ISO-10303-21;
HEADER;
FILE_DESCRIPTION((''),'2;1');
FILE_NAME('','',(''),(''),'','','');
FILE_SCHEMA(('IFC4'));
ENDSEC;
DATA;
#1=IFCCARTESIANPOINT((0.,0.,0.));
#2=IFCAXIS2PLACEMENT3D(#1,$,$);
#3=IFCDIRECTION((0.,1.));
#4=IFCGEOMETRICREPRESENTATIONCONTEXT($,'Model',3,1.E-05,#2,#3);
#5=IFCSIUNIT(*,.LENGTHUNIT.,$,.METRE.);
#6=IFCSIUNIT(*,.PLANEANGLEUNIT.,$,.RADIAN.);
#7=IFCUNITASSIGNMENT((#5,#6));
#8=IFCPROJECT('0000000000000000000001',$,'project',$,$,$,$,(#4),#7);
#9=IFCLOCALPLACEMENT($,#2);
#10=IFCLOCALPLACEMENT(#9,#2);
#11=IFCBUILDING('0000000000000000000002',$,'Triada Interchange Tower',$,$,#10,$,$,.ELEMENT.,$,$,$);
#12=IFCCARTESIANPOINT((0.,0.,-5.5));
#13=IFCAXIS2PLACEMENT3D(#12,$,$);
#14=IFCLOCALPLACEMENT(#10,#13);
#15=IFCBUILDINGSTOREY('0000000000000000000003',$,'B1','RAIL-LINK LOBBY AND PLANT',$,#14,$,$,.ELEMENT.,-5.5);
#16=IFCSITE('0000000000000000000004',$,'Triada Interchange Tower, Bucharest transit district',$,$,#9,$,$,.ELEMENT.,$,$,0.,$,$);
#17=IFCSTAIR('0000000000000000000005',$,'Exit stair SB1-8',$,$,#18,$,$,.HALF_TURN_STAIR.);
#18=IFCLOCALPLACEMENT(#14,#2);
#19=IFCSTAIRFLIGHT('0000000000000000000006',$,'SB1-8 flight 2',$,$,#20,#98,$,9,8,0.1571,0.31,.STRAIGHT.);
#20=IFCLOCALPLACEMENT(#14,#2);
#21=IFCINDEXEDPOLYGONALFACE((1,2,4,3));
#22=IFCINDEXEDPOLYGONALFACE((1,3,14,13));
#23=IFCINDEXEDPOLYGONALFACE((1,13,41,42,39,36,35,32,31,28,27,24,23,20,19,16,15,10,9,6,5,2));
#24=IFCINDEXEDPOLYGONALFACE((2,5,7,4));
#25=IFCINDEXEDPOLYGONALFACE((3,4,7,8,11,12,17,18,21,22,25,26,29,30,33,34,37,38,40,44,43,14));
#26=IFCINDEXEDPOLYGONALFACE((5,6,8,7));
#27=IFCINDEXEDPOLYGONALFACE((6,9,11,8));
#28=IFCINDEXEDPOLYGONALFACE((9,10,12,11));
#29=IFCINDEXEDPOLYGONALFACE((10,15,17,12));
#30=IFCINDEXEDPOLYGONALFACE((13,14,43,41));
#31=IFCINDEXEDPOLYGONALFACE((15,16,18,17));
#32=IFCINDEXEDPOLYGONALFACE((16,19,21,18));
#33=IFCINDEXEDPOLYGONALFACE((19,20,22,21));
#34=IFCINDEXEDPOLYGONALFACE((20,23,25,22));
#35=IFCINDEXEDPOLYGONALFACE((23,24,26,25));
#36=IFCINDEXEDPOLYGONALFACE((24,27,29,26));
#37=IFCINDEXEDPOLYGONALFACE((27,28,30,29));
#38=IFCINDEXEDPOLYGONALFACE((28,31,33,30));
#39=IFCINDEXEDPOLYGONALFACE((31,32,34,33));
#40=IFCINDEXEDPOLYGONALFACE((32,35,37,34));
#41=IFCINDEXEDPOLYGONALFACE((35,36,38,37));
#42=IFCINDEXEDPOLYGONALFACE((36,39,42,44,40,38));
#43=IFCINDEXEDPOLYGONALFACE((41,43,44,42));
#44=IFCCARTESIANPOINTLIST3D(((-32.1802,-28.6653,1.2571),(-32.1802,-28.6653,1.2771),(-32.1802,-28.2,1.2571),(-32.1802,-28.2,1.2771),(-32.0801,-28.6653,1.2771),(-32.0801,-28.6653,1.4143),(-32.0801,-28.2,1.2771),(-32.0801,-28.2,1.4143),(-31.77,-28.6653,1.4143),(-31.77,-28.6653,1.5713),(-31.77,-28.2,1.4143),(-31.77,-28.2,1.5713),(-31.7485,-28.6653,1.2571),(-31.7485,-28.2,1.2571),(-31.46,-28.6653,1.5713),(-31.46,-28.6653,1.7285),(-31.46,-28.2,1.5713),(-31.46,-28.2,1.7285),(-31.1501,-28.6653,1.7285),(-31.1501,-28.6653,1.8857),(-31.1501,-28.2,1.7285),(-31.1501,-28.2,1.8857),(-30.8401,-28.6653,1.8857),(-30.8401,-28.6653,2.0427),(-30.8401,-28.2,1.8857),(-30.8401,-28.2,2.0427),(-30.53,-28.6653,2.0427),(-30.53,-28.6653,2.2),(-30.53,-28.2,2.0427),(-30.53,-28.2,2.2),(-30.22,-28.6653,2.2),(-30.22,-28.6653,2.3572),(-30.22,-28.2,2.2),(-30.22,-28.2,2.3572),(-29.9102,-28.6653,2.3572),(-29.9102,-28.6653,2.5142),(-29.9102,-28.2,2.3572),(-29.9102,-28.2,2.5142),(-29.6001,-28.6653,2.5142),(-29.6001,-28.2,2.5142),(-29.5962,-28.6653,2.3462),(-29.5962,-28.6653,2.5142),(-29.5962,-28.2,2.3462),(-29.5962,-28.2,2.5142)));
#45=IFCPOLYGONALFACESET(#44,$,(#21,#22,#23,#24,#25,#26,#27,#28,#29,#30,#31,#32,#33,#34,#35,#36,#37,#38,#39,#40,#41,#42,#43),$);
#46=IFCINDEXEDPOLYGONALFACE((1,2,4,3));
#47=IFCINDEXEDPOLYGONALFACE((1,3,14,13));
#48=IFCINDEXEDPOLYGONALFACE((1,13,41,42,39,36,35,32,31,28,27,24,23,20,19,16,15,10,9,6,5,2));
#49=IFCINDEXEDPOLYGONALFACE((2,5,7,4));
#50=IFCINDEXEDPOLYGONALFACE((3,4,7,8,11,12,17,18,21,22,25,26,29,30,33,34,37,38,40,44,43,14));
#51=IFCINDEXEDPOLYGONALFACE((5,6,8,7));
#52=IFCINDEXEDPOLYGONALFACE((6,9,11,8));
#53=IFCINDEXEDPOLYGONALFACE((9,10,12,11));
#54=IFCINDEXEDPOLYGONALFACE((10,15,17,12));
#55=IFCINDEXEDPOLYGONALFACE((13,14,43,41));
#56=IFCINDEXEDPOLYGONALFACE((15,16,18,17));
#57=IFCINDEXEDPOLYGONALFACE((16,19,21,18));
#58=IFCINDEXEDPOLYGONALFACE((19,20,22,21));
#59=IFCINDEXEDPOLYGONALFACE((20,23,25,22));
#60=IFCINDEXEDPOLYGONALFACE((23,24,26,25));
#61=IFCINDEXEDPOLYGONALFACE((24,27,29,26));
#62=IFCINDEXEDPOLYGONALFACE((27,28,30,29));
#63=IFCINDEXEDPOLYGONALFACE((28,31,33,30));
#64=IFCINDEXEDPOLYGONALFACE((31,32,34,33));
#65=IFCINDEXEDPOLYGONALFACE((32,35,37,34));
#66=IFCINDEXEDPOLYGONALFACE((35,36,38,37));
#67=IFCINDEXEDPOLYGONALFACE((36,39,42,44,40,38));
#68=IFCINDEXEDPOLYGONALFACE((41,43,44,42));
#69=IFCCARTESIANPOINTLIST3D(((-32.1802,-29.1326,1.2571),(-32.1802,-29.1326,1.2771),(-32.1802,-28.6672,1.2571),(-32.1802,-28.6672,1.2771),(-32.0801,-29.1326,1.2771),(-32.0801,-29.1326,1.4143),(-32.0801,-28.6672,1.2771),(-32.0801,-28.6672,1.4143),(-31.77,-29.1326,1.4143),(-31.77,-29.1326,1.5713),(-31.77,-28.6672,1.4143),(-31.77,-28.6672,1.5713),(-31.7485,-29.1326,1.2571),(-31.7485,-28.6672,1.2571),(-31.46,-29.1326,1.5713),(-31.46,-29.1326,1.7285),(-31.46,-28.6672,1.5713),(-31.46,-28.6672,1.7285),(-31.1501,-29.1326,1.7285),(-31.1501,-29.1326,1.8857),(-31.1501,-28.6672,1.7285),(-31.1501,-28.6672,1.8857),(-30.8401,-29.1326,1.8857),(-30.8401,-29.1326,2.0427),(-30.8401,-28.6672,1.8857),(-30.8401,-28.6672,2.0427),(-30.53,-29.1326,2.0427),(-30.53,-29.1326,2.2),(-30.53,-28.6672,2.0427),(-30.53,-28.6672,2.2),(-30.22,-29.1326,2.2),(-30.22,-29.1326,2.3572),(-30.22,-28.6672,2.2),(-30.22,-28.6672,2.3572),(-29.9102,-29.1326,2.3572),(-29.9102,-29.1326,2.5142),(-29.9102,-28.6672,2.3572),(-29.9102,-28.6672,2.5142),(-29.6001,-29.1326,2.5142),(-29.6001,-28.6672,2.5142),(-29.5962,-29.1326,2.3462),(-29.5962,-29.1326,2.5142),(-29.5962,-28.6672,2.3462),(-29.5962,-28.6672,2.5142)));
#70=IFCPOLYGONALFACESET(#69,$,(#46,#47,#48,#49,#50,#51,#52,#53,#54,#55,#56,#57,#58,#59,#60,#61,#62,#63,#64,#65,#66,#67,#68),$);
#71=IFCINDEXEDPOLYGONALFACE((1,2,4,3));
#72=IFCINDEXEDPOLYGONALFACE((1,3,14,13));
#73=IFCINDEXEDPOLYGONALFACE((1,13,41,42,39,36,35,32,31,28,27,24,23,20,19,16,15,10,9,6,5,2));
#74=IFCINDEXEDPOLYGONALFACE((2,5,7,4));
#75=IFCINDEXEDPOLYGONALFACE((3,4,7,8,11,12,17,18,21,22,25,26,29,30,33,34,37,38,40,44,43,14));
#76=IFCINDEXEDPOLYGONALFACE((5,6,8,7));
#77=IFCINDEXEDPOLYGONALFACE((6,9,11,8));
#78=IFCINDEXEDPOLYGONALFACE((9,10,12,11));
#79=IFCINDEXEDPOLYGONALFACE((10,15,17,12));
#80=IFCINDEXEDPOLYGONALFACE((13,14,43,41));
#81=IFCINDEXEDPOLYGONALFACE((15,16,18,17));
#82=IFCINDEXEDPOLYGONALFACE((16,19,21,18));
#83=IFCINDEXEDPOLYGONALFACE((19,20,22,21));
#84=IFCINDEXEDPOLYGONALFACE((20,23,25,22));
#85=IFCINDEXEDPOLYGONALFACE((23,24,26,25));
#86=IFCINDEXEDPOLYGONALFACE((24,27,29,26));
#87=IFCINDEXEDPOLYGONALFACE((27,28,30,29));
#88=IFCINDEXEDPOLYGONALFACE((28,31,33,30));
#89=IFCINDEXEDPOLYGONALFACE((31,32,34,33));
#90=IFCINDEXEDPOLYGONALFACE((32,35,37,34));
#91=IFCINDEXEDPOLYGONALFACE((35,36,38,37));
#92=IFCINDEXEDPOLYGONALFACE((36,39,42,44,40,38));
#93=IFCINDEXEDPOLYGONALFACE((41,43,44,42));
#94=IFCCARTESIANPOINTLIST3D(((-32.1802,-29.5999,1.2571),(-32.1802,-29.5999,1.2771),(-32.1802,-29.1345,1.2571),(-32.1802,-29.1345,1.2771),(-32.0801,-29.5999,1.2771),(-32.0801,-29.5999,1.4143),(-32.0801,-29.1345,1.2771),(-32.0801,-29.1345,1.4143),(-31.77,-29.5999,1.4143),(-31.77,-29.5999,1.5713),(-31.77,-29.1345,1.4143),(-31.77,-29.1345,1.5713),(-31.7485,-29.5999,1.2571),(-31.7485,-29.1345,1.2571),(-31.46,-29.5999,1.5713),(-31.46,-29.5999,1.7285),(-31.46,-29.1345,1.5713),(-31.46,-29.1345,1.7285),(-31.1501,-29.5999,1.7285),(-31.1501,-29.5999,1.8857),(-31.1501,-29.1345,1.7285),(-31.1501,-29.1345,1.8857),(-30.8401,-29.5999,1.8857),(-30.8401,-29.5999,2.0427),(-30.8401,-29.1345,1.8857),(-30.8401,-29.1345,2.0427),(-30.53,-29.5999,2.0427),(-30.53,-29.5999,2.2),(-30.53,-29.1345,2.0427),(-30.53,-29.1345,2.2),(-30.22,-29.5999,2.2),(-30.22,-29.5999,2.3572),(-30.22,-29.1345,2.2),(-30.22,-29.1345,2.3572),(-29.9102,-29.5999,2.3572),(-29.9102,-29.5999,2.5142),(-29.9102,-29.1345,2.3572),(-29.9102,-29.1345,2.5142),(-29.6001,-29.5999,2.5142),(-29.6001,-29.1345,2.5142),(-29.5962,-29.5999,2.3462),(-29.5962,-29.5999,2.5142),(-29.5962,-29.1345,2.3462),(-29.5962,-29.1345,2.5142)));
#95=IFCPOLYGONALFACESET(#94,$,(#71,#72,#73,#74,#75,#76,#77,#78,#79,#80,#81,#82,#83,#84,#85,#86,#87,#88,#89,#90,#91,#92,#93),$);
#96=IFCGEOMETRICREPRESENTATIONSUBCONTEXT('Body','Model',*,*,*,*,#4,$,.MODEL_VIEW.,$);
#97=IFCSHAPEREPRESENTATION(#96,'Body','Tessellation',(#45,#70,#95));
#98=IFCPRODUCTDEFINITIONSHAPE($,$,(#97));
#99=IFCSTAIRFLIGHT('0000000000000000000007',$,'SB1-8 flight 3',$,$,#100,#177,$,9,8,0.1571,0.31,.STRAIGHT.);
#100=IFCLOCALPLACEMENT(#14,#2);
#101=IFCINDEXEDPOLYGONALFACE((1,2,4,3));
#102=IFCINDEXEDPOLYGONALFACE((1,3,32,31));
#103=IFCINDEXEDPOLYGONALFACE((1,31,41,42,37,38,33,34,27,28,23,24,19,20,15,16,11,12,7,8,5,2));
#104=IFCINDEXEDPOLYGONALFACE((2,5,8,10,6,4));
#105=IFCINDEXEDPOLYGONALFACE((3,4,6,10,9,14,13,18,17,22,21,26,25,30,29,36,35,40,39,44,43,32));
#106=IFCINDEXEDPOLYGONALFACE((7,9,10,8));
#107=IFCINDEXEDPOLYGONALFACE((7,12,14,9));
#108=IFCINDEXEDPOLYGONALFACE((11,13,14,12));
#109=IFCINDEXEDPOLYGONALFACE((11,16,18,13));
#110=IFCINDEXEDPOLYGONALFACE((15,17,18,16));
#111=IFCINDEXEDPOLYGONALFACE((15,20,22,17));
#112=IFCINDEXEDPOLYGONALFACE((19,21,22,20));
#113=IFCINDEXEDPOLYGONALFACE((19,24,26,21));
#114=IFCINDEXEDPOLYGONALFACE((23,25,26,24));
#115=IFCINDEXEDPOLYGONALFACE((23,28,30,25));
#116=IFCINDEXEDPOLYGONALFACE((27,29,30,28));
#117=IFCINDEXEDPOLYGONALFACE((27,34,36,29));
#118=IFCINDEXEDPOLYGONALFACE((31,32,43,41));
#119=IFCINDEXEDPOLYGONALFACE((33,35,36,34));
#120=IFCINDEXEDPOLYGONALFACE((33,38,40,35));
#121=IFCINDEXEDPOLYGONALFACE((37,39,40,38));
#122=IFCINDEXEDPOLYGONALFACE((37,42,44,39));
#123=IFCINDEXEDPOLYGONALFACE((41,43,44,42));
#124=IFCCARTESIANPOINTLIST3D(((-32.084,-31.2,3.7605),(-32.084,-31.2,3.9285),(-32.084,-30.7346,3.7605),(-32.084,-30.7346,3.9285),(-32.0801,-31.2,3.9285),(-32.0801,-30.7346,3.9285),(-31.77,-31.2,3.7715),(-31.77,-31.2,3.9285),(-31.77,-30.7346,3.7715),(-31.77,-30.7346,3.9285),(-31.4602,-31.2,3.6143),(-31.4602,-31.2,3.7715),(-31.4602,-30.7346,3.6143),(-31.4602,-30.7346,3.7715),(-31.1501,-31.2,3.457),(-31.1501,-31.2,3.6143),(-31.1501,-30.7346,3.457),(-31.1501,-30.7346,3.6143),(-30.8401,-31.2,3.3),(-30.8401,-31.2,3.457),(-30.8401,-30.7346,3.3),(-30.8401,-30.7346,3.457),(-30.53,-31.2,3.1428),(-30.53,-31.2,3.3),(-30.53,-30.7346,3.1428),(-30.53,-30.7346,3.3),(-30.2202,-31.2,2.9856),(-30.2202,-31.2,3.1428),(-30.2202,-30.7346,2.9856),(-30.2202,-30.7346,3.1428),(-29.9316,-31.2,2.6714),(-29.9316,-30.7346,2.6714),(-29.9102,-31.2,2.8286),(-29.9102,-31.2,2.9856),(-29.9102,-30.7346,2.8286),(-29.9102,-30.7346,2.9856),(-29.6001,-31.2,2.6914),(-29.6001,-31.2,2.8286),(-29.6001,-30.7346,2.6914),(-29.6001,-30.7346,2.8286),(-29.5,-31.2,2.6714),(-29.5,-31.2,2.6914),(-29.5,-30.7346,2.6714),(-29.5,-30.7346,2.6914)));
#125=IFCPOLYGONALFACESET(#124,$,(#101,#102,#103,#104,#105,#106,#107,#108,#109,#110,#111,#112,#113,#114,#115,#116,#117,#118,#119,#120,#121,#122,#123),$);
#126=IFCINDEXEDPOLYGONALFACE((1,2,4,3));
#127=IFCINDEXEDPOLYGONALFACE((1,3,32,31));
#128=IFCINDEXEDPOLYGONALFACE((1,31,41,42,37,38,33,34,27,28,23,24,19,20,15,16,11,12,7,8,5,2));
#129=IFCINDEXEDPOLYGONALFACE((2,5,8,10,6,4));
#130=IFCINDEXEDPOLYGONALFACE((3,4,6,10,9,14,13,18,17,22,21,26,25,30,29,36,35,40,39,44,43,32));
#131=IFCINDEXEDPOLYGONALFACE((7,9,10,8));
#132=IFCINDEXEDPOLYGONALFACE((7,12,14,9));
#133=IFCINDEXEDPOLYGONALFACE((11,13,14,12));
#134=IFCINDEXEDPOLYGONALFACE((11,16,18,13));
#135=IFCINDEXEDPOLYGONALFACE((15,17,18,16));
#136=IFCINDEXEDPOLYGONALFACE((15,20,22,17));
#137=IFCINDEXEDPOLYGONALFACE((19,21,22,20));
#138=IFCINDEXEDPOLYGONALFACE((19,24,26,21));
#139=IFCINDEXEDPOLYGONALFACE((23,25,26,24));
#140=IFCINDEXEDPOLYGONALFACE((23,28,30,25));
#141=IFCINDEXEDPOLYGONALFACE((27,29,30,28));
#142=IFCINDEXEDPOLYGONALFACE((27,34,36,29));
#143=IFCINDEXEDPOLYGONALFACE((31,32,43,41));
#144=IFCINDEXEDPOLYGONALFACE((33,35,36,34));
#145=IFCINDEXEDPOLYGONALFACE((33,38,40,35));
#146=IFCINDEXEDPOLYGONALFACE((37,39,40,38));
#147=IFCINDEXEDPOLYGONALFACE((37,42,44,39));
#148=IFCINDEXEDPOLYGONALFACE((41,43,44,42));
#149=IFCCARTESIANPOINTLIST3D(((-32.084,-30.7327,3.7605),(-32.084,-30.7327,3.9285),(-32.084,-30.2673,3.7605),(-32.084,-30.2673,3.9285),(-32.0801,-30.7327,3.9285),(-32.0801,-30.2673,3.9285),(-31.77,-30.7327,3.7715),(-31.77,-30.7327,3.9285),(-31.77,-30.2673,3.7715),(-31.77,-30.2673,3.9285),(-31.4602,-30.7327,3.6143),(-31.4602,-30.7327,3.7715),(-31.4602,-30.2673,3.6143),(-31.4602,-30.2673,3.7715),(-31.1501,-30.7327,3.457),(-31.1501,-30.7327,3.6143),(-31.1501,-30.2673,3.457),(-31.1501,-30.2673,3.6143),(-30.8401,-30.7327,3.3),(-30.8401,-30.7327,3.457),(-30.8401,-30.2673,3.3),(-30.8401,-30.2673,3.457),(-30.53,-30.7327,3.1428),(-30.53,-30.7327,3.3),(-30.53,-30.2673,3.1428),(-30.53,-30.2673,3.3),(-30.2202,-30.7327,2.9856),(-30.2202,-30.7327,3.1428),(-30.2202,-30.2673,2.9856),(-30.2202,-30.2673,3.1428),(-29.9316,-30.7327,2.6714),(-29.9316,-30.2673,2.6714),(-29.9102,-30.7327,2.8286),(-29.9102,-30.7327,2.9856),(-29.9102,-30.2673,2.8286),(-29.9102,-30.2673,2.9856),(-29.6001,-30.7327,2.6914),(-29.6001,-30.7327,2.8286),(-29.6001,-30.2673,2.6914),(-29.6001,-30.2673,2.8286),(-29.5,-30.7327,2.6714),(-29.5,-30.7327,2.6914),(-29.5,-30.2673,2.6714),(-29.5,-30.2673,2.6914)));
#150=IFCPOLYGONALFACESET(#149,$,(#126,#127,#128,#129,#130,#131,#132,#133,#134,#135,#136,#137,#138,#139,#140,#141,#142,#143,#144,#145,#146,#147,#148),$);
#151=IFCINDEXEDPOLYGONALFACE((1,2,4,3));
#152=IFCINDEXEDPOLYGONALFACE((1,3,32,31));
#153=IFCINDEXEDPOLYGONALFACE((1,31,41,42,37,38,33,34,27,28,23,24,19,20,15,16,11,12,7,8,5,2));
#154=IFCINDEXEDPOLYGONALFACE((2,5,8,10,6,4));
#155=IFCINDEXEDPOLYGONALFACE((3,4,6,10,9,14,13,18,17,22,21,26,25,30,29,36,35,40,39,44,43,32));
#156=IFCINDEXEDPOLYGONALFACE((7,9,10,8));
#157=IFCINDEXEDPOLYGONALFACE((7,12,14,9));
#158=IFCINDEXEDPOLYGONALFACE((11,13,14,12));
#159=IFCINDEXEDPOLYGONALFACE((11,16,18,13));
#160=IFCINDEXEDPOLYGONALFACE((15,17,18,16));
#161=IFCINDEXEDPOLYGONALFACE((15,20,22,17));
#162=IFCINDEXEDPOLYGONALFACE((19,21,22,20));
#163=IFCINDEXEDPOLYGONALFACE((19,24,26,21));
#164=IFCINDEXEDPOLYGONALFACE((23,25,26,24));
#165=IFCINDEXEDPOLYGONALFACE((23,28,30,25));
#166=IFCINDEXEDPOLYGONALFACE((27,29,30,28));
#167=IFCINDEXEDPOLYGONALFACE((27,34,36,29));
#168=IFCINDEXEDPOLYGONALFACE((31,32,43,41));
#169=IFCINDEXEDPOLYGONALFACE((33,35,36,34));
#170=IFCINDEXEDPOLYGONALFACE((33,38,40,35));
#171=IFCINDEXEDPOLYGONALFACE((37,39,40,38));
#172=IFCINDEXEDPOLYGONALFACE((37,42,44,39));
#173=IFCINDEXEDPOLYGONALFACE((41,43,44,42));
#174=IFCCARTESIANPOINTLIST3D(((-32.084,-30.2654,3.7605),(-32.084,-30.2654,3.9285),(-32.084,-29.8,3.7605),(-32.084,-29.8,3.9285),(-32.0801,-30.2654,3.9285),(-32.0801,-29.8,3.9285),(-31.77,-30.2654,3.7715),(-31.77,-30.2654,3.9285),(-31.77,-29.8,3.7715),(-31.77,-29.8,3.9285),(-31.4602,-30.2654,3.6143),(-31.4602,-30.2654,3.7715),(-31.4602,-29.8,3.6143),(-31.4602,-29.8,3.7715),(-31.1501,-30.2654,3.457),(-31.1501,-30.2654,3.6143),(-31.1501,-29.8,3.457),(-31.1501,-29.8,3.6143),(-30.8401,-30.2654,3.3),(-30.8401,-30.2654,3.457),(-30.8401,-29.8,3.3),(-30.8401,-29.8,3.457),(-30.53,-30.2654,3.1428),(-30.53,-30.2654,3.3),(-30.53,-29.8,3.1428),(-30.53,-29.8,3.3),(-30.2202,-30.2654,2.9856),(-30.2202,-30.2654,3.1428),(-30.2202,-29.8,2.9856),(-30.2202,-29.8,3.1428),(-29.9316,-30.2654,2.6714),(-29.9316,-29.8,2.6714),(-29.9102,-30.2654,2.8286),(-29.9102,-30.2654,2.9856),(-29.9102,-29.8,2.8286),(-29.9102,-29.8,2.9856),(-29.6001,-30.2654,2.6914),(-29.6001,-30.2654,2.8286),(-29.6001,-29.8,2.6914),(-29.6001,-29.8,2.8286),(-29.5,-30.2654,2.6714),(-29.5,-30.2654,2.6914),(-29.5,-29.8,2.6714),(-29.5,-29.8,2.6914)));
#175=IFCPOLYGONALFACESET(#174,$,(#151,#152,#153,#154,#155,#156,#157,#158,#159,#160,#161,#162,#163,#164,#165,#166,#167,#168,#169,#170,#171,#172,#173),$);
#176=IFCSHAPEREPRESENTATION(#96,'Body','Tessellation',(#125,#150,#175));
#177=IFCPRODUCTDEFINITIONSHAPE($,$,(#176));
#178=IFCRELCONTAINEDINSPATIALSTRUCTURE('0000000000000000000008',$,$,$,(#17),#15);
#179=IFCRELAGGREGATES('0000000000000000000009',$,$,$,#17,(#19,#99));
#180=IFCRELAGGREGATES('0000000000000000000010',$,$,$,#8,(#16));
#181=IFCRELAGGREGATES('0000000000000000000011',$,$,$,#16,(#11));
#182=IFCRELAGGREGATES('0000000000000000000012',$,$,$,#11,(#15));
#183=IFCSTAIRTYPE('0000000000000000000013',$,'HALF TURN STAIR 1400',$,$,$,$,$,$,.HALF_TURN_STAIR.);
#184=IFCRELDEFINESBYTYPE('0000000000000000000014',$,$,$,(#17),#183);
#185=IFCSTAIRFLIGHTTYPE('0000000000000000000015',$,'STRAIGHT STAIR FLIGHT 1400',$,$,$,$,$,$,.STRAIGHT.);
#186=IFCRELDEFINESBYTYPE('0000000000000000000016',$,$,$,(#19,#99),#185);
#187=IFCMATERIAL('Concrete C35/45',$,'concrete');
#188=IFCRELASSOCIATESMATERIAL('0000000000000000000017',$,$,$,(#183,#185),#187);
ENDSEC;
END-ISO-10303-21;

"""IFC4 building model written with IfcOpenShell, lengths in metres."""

from ifc_helpers import new_model, si_unit, direction, frame, origin, place, context, subcontext, project, spatial, polyline, outline, extrude, material, type_object, element, aggregate, save


model = new_model("IFC4")

# Units and contexts
model_context = context("Model", 3, precision=1e-05, world=origin(), true_north=direction((0.0, 1.0)))
body_context = subcontext(model_context, "Body", "Model", "MODEL_VIEW")
ifc_project = project(units=[si_unit("LENGTHUNIT", "METRE"), si_unit("PLANEANGLEUNIT", "RADIAN")], contexts=[model_context])

# Site, building, storey
site_placement = place(None, origin())
site = spatial("IfcSite", under=ifc_project, at=site_placement, Name="Triada Interchange Tower, Bucharest transit district", CompositionType="ELEMENT", RefElevation=0.0)
building_placement = place(site_placement, origin())
building = spatial("IfcBuilding", under=site, at=building_placement, Name="Triada Interchange Tower", CompositionType="ELEMENT")
storey_placement = place(building_placement, frame((0.0, 0.0, -5.5)))
storey = spatial("IfcBuildingStorey", under=building, at=storey_placement, Name="B1", Description="RAIL-LINK LOBBY AND PLANT", CompositionType="ELEMENT", Elevation=-5.5)

# Shared definitions
ifc_material_1 = material(Name="Concrete C35/45", Category="concrete")

# Stair, stair flights
stair_type = type_object("IfcStairType", Name="HALF TURN STAIR 1400", PredefinedType="HALF_TURN_STAIR", material=ifc_material_1)
stair_placement = place(storey_placement, origin())
stair = element("IfcStair", 1, at=stair_placement, inside=storey, type_object=stair_type, Name="Exit stair SB1-8", PredefinedType="HALF_TURN_STAIR")
stair_flight_type = type_object("IfcStairFlightType", Name="STRAIGHT STAIR FLIGHT 1400", PredefinedType="STRAIGHT", material=ifc_material_1)
stair_flight_1_placement = place(storey_placement, frame((-32.0801, -28.8999, 1.2571), z_axis=(0.0, 0.0, 1.0), x_axis=(1.0, 0.0, 0.0)))
stair_flight_1 = element("IfcStairFlight", 2, at=stair_flight_1_placement, type_object=stair_flight_type, Name="SB1-8 flight 2", NumberOfRisers=9, NumberOfTreads=8, PredefinedType="STRAIGHT", RiserHeight=0.1571, TreadLength=0.31, context=body_context, shape_type="SweptSolid", body=[
    extrude(outline(polyline([(-0.1001, 0.0), (-0.1001, 0.02), (0.0, 0.02), (0.0, 0.1572), (0.3101, 0.1572), (0.3101, 0.3142), (0.6201, 0.3142), (0.6201, 0.4714), (0.9299, 0.4714), (0.9299, 0.6287), (1.24, 0.6287), (1.24, 0.7856), (1.55, 0.7856), (1.55, 0.9429), (1.8601, 0.9429), (1.8601, 1.1001), (2.1699, 1.1001), (2.1699, 1.2571), (2.48, 1.2571), (2.4839, 1.2571), (2.4839, 1.4143), (2.4839, 1.0891), (0.3315, 0.0), (-0.1001, 0.0)])), frame((0.0, 0.7, 0.0), z_axis=(0.0, -1.0, 0.0), x_axis=(1.0, 0.0, 0.0)), (0.0, 0.0, 1.0), 0.4653),
    extrude(outline(polyline([(-0.1001, 0.0), (-0.1001, 0.02), (0.0, 0.02), (0.0, 0.1572), (0.3101, 0.1572), (0.3101, 0.3142), (0.6201, 0.3142), (0.6201, 0.4714), (0.9299, 0.4714), (0.9299, 0.6287), (1.24, 0.6287), (1.24, 0.7856), (1.55, 0.7856), (1.55, 0.9429), (1.8601, 0.9429), (1.8601, 1.1001), (2.1699, 1.1001), (2.1699, 1.2571), (2.48, 1.2571), (2.4839, 1.2571), (2.4839, 1.4143), (2.4839, 1.0891), (0.3315, 0.0), (-0.1001, 0.0)])), frame((0.0, 0.2327, 0.0), z_axis=(0.0, -1.0, 0.0), x_axis=(1.0, 0.0, 0.0)), (0.0, 0.0, 1.0), 0.4653),
    extrude(outline(polyline([(-0.1001, 0.0), (-0.1001, 0.02), (0.0, 0.02), (0.0, 0.1572), (0.3101, 0.1572), (0.3101, 0.3142), (0.6201, 0.3142), (0.6201, 0.4714), (0.9299, 0.4714), (0.9299, 0.6287), (1.24, 0.6287), (1.24, 0.7856), (1.55, 0.7856), (1.55, 0.9429), (1.8601, 0.9429), (1.8601, 1.1001), (2.1699, 1.1001), (2.1699, 1.2571), (2.48, 1.2571), (2.4839, 1.2571), (2.4839, 1.4143), (2.4839, 1.0891), (0.3315, 0.0), (-0.1001, 0.0)])), frame((0.0, -0.2346, 0.0), z_axis=(0.0, -1.0, 0.0), x_axis=(1.0, 0.0, 0.0)), (0.0, 0.0, 1.0), 0.4653),
])
stair_flight_2_placement = place(storey_placement, frame((-29.6001, -30.5, 2.6714), z_axis=(0.0, 0.0, 1.0), x_axis=(-1.0, 0.0, 0.0)))
stair_flight_2 = element("IfcStairFlight", 3, at=stair_flight_2_placement, type_object=stair_flight_type, Name="SB1-8 flight 3", NumberOfRisers=9, NumberOfTreads=8, PredefinedType="STRAIGHT", RiserHeight=0.1571, TreadLength=0.31, context=body_context, shape_type="SweptSolid", body=[
    extrude(outline(polyline([(-0.1001, 0.0), (-0.1001, 0.02), (0.0, 0.02), (0.0, 0.1572), (0.3101, 0.1572), (0.3101, 0.3142), (0.6201, 0.3142), (0.6201, 0.4714), (0.9299, 0.4714), (0.9299, 0.6287), (1.24, 0.6287), (1.24, 0.7856), (1.55, 0.7856), (1.55, 0.9429), (1.8601, 0.9429), (1.8601, 1.1001), (2.1699, 1.1001), (2.1699, 1.2571), (2.48, 1.2571), (2.4839, 1.2571), (2.4839, 1.4143), (2.4839, 1.0891), (0.3315, 0.0), (-0.1001, 0.0)])), frame((0.0, 0.7, 0.0), z_axis=(0.0, -1.0, 0.0), x_axis=(1.0, 0.0, 0.0)), (0.0, 0.0, 1.0), 0.4653),
    extrude(outline(polyline([(-0.1001, 0.0), (-0.1001, 0.02), (0.0, 0.02), (0.0, 0.1572), (0.3101, 0.1572), (0.3101, 0.3142), (0.6201, 0.3142), (0.6201, 0.4714), (0.9299, 0.4714), (0.9299, 0.6287), (1.24, 0.6287), (1.24, 0.7856), (1.55, 0.7856), (1.55, 0.9429), (1.8601, 0.9429), (1.8601, 1.1001), (2.1699, 1.1001), (2.1699, 1.2571), (2.48, 1.2571), (2.4839, 1.2571), (2.4839, 1.4143), (2.4839, 1.0891), (0.3315, 0.0), (-0.1001, 0.0)])), frame((0.0, 0.2327, 0.0), z_axis=(0.0, -1.0, 0.0), x_axis=(1.0, 0.0, 0.0)), (0.0, 0.0, 1.0), 0.4653),
    extrude(outline(polyline([(-0.1001, 0.0), (-0.1001, 0.02), (0.0, 0.02), (0.0, 0.1572), (0.3101, 0.1572), (0.3101, 0.3142), (0.6201, 0.3142), (0.6201, 0.4714), (0.9299, 0.4714), (0.9299, 0.6287), (1.24, 0.6287), (1.24, 0.7856), (1.55, 0.7856), (1.55, 0.9429), (1.8601, 0.9429), (1.8601, 1.1001), (2.1699, 1.1001), (2.1699, 1.2571), (2.48, 1.2571), (2.4839, 1.2571), (2.4839, 1.4143), (2.4839, 1.0891), (0.3315, 0.0), (-0.1001, 0.0)])), frame((0.0, -0.2346, 0.0), z_axis=(0.0, -1.0, 0.0), x_axis=(1.0, 0.0, 0.0)), (0.0, 0.0, 1.0), 0.4653),
])
aggregate(stair, [stair_flight_1, stair_flight_2])

save(model, "model.ifc")
